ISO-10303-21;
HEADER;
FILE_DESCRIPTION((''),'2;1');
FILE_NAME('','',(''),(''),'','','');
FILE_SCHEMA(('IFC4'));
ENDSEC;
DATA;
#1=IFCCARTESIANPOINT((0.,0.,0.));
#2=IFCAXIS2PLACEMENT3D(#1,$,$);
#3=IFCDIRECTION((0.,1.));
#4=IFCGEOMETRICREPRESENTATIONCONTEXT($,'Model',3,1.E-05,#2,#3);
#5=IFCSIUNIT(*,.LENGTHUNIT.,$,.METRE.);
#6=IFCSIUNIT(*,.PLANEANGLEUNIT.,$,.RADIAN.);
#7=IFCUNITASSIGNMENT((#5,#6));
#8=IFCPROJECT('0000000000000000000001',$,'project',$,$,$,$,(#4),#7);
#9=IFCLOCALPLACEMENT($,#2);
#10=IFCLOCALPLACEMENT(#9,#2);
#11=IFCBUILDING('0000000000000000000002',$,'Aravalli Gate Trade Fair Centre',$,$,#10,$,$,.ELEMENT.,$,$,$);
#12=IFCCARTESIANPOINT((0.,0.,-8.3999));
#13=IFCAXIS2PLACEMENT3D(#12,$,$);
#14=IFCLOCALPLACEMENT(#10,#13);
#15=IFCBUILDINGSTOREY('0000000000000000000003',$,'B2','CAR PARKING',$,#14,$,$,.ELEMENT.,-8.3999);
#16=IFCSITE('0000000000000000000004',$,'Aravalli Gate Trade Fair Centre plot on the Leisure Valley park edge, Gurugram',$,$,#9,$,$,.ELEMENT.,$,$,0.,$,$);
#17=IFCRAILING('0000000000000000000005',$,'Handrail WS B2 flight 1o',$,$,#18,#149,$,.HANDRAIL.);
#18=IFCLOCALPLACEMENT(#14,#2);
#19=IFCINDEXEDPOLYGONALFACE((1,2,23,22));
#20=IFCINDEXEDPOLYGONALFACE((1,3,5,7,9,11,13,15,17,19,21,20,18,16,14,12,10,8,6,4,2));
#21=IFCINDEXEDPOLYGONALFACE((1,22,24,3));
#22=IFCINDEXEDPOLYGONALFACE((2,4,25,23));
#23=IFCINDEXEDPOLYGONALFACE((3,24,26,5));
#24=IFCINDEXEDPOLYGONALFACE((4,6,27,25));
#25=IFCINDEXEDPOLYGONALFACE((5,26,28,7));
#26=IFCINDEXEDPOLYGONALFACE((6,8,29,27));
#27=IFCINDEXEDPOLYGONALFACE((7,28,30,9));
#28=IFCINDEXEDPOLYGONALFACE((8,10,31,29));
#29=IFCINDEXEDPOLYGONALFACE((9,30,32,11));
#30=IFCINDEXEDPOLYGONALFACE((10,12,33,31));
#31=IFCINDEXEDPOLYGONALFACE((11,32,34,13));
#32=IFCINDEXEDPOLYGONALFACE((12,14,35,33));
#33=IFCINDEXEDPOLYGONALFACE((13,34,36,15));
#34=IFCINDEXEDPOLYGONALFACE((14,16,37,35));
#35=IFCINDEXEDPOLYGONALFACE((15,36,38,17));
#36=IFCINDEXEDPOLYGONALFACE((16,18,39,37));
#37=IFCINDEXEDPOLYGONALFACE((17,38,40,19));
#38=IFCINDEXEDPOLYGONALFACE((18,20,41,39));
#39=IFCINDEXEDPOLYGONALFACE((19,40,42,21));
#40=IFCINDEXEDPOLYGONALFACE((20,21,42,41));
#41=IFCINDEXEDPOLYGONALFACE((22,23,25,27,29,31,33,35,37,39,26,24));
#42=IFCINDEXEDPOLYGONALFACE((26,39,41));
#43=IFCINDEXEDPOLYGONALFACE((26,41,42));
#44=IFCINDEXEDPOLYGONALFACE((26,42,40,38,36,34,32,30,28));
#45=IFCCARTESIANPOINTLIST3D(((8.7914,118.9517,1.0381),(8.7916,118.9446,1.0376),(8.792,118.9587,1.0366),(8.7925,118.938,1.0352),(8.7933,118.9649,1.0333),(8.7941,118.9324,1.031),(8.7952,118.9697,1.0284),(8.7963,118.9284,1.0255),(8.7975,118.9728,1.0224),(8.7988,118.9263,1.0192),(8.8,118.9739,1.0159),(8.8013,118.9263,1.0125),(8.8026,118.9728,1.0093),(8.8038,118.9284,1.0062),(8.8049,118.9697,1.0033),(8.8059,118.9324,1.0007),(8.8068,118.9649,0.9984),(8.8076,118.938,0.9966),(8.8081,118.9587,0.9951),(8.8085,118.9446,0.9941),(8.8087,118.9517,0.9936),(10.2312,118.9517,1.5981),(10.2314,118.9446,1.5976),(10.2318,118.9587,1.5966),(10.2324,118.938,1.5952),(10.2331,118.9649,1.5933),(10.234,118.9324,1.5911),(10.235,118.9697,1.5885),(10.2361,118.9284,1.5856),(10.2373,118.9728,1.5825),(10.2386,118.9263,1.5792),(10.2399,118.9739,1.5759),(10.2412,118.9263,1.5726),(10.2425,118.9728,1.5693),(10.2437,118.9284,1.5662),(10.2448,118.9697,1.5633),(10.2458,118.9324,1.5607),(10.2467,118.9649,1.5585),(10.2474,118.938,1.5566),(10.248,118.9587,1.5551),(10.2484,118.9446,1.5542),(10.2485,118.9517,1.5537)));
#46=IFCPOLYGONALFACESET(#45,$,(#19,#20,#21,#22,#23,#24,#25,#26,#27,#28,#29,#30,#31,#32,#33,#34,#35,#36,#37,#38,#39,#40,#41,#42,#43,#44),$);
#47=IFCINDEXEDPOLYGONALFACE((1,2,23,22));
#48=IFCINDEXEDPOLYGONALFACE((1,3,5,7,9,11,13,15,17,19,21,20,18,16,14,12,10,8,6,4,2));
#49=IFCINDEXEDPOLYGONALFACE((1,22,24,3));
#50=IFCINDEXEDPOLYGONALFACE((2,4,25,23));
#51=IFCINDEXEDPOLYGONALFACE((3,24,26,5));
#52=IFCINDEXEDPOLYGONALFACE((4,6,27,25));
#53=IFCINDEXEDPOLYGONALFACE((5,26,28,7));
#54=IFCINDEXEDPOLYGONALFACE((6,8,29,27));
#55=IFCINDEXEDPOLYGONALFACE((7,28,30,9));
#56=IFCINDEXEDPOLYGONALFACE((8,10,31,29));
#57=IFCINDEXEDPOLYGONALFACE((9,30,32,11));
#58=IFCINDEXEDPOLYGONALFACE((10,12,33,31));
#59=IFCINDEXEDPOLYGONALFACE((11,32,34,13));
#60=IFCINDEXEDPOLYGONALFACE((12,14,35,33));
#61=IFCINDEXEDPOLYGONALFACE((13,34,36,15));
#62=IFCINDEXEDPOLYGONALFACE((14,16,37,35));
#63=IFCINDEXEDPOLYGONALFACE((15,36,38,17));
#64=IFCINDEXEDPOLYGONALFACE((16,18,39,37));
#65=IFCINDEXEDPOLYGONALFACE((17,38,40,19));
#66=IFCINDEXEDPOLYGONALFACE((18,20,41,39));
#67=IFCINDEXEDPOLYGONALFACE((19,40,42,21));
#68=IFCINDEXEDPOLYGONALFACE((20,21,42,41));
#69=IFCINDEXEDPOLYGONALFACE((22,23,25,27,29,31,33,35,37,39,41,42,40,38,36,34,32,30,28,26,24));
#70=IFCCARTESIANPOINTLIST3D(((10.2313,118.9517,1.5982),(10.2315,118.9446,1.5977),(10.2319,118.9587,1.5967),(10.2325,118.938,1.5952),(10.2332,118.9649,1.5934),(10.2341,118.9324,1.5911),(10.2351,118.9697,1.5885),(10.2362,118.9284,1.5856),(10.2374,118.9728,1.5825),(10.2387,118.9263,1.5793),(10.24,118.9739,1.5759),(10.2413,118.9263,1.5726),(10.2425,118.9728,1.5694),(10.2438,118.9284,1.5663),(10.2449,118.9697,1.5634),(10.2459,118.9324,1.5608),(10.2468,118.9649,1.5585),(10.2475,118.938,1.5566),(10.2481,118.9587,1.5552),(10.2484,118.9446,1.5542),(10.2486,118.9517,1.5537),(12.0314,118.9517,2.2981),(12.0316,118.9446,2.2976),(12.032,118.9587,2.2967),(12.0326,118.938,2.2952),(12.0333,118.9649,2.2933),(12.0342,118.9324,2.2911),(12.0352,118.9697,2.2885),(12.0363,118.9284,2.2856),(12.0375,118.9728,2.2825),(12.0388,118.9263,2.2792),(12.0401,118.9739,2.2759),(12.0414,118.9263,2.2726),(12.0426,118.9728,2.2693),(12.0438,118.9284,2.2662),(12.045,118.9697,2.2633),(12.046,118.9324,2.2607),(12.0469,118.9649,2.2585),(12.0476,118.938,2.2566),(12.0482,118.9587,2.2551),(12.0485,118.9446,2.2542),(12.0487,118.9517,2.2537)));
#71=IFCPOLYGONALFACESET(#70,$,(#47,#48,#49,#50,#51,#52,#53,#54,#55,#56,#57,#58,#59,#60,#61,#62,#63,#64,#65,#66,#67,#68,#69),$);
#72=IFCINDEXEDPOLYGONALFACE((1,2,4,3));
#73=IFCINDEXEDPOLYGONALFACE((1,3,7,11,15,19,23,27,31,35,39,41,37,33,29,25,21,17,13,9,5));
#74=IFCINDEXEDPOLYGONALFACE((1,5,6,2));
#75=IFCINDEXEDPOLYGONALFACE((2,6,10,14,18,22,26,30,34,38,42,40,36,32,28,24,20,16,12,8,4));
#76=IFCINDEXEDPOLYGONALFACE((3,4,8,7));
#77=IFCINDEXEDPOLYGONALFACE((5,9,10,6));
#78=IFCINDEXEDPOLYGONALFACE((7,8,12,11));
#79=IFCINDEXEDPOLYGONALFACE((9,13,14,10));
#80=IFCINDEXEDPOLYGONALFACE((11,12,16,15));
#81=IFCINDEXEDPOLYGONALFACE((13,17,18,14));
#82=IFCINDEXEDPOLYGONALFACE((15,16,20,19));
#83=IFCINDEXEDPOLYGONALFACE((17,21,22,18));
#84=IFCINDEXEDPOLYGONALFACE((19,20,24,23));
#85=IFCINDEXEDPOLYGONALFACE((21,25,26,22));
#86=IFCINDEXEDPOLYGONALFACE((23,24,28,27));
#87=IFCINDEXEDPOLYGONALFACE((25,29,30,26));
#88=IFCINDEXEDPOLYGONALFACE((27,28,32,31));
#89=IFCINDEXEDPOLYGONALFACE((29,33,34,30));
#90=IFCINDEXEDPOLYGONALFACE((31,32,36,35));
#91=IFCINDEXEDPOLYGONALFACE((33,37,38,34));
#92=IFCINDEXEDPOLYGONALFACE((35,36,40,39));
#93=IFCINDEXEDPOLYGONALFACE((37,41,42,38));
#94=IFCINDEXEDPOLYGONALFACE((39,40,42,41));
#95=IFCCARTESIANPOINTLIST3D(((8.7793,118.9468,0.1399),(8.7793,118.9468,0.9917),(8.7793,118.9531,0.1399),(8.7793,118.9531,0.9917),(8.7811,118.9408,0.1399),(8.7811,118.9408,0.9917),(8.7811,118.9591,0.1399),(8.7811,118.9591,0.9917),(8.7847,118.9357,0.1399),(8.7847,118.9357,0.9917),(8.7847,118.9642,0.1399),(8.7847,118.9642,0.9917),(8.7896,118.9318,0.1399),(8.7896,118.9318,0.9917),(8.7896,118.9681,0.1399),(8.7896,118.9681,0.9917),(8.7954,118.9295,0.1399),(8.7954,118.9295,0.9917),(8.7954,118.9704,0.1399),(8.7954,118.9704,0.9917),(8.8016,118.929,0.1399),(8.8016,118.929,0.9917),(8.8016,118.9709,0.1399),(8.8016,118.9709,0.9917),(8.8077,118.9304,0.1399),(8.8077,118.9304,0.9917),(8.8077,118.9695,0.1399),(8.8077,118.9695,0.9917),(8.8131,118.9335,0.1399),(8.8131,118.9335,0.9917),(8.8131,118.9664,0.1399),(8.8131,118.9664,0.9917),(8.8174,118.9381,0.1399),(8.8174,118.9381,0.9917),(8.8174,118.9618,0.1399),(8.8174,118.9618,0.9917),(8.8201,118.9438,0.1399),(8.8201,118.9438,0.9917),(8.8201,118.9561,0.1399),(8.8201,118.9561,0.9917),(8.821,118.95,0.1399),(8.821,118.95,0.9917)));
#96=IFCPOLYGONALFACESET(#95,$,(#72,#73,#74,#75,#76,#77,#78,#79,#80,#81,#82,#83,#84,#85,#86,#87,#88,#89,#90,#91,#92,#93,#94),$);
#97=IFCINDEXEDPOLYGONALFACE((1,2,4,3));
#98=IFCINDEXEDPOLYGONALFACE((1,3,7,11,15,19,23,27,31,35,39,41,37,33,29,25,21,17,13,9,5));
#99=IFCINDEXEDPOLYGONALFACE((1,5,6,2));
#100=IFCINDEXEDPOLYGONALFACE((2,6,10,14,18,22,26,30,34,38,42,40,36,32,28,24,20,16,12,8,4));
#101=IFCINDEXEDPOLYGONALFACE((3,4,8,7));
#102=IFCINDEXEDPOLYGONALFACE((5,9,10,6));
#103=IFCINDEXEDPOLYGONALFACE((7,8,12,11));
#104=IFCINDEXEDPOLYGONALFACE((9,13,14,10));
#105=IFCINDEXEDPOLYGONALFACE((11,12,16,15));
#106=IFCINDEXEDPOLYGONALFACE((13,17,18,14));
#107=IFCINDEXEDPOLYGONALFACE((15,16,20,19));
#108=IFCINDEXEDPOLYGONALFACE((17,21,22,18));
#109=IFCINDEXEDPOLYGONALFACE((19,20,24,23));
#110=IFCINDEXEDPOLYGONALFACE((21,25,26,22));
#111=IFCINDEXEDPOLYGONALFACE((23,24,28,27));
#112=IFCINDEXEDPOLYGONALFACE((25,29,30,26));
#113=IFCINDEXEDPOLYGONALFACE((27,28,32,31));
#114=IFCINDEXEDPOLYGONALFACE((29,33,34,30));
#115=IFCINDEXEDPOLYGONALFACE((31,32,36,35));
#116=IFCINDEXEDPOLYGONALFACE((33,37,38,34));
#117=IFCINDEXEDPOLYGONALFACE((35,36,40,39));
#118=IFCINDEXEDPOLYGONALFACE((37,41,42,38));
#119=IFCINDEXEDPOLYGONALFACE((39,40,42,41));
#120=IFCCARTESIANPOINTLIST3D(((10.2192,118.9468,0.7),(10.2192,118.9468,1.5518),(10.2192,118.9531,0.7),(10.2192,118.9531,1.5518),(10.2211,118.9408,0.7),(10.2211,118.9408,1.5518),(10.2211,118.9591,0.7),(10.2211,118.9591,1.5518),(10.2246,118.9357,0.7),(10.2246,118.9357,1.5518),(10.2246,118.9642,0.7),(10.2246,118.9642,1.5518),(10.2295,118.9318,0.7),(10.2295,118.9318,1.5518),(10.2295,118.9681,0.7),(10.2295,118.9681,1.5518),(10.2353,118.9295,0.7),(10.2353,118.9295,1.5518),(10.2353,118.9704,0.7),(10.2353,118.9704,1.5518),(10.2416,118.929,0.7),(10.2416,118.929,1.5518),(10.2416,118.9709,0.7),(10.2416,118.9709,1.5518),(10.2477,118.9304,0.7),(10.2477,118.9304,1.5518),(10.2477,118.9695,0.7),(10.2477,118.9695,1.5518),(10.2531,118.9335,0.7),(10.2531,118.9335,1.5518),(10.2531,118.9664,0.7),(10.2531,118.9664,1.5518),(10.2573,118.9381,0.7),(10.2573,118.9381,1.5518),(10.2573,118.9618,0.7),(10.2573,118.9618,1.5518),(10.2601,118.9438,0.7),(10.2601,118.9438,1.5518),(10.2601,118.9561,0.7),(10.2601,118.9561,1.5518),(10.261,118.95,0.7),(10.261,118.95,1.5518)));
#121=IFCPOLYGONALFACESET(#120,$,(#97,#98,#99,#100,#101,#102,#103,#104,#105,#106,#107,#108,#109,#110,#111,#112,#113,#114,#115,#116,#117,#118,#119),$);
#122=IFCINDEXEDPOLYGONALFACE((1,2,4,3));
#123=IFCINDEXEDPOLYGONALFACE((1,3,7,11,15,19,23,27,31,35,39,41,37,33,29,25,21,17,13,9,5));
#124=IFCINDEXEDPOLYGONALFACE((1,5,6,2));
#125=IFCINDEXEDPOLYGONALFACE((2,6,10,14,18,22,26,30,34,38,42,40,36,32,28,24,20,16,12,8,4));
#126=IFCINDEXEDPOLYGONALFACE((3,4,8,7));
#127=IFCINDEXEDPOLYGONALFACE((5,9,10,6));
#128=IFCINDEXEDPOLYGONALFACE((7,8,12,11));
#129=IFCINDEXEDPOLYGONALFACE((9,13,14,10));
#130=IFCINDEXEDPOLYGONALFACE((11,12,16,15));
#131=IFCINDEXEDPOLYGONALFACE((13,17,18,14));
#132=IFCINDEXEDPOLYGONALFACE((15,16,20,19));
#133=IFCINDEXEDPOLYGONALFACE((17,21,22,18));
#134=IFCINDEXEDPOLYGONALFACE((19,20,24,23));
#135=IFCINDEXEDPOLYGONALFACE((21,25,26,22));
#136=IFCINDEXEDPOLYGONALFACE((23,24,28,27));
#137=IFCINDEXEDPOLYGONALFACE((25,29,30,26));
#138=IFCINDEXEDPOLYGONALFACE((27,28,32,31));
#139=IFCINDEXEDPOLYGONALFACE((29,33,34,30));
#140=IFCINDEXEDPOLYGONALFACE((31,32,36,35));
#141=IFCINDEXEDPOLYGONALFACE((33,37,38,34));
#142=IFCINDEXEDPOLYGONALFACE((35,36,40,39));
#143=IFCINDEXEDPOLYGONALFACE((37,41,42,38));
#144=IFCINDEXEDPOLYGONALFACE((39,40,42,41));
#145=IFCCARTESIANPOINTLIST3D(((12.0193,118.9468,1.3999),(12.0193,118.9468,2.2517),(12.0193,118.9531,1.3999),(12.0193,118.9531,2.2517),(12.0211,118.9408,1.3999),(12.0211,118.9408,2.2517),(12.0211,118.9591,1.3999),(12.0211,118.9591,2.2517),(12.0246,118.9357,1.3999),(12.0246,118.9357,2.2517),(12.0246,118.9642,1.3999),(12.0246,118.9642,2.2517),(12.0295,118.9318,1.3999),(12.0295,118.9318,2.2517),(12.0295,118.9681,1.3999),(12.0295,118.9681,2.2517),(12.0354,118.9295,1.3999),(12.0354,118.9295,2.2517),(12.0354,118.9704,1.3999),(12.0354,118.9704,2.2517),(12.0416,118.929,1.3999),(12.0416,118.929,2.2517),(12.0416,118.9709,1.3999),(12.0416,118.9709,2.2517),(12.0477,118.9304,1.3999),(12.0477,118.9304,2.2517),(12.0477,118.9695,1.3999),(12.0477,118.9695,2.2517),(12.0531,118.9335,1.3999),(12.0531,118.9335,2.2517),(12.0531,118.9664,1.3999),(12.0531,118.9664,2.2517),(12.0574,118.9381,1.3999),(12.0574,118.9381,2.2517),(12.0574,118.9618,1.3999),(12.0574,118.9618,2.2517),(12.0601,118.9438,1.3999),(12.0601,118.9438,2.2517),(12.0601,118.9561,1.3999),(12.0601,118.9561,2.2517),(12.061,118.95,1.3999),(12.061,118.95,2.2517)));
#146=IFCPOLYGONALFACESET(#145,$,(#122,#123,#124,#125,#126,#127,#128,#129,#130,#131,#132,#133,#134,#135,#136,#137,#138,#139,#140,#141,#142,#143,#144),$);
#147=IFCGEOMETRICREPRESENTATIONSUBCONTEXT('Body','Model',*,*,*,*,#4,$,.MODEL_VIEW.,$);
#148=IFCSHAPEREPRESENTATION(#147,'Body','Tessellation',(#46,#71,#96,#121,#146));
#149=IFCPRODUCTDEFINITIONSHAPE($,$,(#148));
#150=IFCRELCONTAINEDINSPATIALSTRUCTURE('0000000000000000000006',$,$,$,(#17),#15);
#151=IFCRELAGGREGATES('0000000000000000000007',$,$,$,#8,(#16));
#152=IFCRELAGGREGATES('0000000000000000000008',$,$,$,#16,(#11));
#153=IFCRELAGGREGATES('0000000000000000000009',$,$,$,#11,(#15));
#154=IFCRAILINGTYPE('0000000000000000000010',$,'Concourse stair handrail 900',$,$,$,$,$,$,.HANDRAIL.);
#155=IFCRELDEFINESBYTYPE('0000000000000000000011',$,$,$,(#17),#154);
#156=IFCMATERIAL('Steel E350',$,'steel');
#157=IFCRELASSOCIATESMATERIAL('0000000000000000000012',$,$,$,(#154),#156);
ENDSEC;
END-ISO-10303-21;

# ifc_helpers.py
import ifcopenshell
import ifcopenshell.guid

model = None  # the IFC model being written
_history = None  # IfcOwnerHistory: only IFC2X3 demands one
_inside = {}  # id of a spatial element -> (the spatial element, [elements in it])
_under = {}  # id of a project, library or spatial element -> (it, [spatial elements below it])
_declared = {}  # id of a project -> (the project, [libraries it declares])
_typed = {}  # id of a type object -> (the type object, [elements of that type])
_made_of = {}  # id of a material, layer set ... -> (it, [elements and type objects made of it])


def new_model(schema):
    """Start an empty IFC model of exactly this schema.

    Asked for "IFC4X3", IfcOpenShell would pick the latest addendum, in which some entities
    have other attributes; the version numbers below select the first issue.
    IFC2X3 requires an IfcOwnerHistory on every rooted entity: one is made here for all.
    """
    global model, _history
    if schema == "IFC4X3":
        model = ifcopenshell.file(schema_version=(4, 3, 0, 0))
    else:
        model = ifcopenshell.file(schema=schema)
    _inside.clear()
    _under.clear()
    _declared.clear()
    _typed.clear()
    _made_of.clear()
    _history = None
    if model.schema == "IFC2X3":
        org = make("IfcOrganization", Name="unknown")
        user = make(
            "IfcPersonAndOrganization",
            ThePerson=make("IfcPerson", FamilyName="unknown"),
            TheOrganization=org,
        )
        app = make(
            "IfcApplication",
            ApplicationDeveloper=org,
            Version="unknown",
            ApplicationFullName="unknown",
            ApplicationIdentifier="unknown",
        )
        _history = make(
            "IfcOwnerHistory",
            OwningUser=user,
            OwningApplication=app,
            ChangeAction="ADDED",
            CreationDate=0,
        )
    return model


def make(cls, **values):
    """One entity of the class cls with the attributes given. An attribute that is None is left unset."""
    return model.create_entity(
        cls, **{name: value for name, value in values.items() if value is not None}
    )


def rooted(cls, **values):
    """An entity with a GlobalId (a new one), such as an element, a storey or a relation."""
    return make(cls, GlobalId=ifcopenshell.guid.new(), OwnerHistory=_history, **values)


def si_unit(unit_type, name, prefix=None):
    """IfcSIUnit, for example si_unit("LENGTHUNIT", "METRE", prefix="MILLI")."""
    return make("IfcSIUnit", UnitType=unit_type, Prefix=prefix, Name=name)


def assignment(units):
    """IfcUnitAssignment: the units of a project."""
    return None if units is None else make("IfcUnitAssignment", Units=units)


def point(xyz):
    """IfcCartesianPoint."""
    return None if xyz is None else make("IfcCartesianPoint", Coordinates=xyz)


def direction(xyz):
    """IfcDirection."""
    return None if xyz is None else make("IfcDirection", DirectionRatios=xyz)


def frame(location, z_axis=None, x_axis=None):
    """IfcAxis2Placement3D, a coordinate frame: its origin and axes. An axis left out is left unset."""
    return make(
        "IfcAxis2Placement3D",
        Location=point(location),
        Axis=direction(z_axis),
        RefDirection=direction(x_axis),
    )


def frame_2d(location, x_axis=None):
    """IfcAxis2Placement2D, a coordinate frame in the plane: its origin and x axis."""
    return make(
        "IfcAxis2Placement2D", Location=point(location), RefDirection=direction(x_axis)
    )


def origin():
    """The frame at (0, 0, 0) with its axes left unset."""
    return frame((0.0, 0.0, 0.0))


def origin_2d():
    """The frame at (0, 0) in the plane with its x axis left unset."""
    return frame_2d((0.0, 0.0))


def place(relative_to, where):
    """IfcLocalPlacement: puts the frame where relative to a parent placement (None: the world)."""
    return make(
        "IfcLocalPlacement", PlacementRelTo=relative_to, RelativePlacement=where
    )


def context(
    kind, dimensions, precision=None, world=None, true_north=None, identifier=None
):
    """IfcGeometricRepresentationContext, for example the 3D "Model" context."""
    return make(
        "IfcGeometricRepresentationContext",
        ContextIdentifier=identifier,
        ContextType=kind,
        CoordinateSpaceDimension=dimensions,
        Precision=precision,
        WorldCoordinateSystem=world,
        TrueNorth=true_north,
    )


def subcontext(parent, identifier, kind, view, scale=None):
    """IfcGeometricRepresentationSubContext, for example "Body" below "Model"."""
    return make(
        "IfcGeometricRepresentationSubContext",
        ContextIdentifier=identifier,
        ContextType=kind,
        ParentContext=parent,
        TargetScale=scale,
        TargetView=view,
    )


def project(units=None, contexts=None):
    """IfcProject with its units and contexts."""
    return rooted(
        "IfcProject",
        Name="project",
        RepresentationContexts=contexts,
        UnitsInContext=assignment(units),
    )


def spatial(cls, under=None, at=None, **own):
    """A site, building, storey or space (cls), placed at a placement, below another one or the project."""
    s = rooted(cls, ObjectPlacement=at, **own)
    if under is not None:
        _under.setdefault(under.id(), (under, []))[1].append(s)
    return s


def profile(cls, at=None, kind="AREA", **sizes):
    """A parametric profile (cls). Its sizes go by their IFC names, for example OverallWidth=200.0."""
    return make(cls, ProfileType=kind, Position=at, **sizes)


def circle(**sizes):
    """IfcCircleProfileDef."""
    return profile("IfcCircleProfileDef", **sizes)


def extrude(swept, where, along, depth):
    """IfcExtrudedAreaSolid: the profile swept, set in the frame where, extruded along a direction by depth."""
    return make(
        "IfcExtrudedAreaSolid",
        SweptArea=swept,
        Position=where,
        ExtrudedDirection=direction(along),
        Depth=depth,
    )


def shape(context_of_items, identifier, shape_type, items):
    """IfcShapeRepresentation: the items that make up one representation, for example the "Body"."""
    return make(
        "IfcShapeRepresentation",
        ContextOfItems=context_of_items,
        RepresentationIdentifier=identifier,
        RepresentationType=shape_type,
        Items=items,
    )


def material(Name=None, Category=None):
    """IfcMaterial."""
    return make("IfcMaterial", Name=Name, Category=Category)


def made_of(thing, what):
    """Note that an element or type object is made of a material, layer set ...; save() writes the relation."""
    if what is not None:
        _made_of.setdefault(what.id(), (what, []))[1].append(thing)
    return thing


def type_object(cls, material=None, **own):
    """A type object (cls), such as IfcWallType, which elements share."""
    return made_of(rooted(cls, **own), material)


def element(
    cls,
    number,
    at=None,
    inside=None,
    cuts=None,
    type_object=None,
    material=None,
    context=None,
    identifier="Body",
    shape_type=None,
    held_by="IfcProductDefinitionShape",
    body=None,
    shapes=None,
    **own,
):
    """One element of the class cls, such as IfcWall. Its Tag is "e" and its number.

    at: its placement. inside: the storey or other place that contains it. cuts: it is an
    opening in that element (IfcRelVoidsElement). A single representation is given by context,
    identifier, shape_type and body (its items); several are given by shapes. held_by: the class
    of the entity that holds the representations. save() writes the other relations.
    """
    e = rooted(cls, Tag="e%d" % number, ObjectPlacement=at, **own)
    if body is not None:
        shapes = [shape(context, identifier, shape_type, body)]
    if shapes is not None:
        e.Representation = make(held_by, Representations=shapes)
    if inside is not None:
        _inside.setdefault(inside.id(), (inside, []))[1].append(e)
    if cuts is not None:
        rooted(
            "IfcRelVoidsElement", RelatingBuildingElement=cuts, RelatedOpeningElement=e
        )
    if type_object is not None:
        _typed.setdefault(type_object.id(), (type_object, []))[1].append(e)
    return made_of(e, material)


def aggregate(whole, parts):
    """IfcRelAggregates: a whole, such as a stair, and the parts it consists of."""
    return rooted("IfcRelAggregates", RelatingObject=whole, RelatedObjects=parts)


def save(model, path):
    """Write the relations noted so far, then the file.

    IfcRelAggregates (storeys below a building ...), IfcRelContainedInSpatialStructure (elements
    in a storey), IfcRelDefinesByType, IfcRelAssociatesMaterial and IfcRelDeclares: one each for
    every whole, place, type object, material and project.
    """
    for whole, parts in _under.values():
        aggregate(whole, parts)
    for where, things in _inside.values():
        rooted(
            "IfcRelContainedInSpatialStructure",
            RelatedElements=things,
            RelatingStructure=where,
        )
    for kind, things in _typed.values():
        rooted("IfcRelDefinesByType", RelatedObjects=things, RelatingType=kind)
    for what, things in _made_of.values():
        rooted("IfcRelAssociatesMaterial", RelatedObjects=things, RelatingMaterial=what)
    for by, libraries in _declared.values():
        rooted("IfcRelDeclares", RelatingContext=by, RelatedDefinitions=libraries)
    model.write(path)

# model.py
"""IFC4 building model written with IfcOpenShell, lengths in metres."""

from ifc_helpers import new_model, si_unit, direction, frame, origin, origin_2d, place, context, subcontext, project, spatial, circle, extrude, material, type_object, element, save


model = new_model("IFC4")

# Units and contexts
model_context = context("Model", 3, precision=1e-05, world=origin(), true_north=direction((0.0, 1.0)))
body_context = subcontext(model_context, "Body", "Model", "MODEL_VIEW")
ifc_project = project(units=[si_unit("LENGTHUNIT", "METRE"), si_unit("PLANEANGLEUNIT", "RADIAN")], contexts=[model_context])

# Site, building, storey
site_placement = place(None, origin())
site = spatial("IfcSite", under=ifc_project, at=site_placement, Name="Aravalli Gate Trade Fair Centre plot on the Leisure Valley park edge, Gurugram", CompositionType="ELEMENT", RefElevation=0.0)
building_placement = place(site_placement, origin())
building = spatial("IfcBuilding", under=site, at=building_placement, Name="Aravalli Gate Trade Fair Centre", CompositionType="ELEMENT")
storey_placement = place(building_placement, frame((0.0, 0.0, -8.3999)))
storey = spatial("IfcBuildingStorey", under=building, at=storey_placement, Name="B2", Description="CAR PARKING", CompositionType="ELEMENT", Elevation=-8.3999)

# Railing
ifc_material_1 = material(Name="Steel E350", Category="steel")
railing_type = type_object("IfcRailingType", Name="Concourse stair handrail 900", PredefinedType="HANDRAIL", material=ifc_material_1)
for number, where, name in (
    (1, (8.8, 118.95, 0.1399), "Handrail WS B2 flight 1o"),
):
    element("IfcRailing", number, at=place(storey_placement, frame(where)), inside=storey, type_object=railing_type, Name=name, PredefinedType="HANDRAIL", context=body_context, shape_type="SweptSolid", body=[
        extrude(circle(Radius=0.0239, at=origin_2d()), frame((0.0, 0.0, 0.876), z_axis=(0.931987, 0.0, 0.362492), x_axis=(0.0, 1.0, 0.0)), (0.0, 0.0, 1.0), 1.5449),
        extrude(circle(Radius=0.0239, at=origin_2d()), frame((1.4399, 0.0, 1.436), z_axis=(0.932017, 0.0, 0.362416), x_axis=(0.0, 1.0, 0.0)), (0.0, 0.0, 1.0), 1.9314),
        extrude(circle(Radius=0.021, at=origin_2d()), origin(), (0.0, 0.0, 1.0), 0.8518),
        extrude(circle(Radius=0.021, at=origin_2d()), frame((1.4399, 0.0, 0.5601)), (0.0, 0.0, 1.0), 0.8518),
        extrude(circle(Radius=0.021, at=origin_2d()), frame((3.24, 0.0, 1.26)), (0.0, 0.0, 1.0), 0.8518),
    ])

save(model, "model.ifc")
